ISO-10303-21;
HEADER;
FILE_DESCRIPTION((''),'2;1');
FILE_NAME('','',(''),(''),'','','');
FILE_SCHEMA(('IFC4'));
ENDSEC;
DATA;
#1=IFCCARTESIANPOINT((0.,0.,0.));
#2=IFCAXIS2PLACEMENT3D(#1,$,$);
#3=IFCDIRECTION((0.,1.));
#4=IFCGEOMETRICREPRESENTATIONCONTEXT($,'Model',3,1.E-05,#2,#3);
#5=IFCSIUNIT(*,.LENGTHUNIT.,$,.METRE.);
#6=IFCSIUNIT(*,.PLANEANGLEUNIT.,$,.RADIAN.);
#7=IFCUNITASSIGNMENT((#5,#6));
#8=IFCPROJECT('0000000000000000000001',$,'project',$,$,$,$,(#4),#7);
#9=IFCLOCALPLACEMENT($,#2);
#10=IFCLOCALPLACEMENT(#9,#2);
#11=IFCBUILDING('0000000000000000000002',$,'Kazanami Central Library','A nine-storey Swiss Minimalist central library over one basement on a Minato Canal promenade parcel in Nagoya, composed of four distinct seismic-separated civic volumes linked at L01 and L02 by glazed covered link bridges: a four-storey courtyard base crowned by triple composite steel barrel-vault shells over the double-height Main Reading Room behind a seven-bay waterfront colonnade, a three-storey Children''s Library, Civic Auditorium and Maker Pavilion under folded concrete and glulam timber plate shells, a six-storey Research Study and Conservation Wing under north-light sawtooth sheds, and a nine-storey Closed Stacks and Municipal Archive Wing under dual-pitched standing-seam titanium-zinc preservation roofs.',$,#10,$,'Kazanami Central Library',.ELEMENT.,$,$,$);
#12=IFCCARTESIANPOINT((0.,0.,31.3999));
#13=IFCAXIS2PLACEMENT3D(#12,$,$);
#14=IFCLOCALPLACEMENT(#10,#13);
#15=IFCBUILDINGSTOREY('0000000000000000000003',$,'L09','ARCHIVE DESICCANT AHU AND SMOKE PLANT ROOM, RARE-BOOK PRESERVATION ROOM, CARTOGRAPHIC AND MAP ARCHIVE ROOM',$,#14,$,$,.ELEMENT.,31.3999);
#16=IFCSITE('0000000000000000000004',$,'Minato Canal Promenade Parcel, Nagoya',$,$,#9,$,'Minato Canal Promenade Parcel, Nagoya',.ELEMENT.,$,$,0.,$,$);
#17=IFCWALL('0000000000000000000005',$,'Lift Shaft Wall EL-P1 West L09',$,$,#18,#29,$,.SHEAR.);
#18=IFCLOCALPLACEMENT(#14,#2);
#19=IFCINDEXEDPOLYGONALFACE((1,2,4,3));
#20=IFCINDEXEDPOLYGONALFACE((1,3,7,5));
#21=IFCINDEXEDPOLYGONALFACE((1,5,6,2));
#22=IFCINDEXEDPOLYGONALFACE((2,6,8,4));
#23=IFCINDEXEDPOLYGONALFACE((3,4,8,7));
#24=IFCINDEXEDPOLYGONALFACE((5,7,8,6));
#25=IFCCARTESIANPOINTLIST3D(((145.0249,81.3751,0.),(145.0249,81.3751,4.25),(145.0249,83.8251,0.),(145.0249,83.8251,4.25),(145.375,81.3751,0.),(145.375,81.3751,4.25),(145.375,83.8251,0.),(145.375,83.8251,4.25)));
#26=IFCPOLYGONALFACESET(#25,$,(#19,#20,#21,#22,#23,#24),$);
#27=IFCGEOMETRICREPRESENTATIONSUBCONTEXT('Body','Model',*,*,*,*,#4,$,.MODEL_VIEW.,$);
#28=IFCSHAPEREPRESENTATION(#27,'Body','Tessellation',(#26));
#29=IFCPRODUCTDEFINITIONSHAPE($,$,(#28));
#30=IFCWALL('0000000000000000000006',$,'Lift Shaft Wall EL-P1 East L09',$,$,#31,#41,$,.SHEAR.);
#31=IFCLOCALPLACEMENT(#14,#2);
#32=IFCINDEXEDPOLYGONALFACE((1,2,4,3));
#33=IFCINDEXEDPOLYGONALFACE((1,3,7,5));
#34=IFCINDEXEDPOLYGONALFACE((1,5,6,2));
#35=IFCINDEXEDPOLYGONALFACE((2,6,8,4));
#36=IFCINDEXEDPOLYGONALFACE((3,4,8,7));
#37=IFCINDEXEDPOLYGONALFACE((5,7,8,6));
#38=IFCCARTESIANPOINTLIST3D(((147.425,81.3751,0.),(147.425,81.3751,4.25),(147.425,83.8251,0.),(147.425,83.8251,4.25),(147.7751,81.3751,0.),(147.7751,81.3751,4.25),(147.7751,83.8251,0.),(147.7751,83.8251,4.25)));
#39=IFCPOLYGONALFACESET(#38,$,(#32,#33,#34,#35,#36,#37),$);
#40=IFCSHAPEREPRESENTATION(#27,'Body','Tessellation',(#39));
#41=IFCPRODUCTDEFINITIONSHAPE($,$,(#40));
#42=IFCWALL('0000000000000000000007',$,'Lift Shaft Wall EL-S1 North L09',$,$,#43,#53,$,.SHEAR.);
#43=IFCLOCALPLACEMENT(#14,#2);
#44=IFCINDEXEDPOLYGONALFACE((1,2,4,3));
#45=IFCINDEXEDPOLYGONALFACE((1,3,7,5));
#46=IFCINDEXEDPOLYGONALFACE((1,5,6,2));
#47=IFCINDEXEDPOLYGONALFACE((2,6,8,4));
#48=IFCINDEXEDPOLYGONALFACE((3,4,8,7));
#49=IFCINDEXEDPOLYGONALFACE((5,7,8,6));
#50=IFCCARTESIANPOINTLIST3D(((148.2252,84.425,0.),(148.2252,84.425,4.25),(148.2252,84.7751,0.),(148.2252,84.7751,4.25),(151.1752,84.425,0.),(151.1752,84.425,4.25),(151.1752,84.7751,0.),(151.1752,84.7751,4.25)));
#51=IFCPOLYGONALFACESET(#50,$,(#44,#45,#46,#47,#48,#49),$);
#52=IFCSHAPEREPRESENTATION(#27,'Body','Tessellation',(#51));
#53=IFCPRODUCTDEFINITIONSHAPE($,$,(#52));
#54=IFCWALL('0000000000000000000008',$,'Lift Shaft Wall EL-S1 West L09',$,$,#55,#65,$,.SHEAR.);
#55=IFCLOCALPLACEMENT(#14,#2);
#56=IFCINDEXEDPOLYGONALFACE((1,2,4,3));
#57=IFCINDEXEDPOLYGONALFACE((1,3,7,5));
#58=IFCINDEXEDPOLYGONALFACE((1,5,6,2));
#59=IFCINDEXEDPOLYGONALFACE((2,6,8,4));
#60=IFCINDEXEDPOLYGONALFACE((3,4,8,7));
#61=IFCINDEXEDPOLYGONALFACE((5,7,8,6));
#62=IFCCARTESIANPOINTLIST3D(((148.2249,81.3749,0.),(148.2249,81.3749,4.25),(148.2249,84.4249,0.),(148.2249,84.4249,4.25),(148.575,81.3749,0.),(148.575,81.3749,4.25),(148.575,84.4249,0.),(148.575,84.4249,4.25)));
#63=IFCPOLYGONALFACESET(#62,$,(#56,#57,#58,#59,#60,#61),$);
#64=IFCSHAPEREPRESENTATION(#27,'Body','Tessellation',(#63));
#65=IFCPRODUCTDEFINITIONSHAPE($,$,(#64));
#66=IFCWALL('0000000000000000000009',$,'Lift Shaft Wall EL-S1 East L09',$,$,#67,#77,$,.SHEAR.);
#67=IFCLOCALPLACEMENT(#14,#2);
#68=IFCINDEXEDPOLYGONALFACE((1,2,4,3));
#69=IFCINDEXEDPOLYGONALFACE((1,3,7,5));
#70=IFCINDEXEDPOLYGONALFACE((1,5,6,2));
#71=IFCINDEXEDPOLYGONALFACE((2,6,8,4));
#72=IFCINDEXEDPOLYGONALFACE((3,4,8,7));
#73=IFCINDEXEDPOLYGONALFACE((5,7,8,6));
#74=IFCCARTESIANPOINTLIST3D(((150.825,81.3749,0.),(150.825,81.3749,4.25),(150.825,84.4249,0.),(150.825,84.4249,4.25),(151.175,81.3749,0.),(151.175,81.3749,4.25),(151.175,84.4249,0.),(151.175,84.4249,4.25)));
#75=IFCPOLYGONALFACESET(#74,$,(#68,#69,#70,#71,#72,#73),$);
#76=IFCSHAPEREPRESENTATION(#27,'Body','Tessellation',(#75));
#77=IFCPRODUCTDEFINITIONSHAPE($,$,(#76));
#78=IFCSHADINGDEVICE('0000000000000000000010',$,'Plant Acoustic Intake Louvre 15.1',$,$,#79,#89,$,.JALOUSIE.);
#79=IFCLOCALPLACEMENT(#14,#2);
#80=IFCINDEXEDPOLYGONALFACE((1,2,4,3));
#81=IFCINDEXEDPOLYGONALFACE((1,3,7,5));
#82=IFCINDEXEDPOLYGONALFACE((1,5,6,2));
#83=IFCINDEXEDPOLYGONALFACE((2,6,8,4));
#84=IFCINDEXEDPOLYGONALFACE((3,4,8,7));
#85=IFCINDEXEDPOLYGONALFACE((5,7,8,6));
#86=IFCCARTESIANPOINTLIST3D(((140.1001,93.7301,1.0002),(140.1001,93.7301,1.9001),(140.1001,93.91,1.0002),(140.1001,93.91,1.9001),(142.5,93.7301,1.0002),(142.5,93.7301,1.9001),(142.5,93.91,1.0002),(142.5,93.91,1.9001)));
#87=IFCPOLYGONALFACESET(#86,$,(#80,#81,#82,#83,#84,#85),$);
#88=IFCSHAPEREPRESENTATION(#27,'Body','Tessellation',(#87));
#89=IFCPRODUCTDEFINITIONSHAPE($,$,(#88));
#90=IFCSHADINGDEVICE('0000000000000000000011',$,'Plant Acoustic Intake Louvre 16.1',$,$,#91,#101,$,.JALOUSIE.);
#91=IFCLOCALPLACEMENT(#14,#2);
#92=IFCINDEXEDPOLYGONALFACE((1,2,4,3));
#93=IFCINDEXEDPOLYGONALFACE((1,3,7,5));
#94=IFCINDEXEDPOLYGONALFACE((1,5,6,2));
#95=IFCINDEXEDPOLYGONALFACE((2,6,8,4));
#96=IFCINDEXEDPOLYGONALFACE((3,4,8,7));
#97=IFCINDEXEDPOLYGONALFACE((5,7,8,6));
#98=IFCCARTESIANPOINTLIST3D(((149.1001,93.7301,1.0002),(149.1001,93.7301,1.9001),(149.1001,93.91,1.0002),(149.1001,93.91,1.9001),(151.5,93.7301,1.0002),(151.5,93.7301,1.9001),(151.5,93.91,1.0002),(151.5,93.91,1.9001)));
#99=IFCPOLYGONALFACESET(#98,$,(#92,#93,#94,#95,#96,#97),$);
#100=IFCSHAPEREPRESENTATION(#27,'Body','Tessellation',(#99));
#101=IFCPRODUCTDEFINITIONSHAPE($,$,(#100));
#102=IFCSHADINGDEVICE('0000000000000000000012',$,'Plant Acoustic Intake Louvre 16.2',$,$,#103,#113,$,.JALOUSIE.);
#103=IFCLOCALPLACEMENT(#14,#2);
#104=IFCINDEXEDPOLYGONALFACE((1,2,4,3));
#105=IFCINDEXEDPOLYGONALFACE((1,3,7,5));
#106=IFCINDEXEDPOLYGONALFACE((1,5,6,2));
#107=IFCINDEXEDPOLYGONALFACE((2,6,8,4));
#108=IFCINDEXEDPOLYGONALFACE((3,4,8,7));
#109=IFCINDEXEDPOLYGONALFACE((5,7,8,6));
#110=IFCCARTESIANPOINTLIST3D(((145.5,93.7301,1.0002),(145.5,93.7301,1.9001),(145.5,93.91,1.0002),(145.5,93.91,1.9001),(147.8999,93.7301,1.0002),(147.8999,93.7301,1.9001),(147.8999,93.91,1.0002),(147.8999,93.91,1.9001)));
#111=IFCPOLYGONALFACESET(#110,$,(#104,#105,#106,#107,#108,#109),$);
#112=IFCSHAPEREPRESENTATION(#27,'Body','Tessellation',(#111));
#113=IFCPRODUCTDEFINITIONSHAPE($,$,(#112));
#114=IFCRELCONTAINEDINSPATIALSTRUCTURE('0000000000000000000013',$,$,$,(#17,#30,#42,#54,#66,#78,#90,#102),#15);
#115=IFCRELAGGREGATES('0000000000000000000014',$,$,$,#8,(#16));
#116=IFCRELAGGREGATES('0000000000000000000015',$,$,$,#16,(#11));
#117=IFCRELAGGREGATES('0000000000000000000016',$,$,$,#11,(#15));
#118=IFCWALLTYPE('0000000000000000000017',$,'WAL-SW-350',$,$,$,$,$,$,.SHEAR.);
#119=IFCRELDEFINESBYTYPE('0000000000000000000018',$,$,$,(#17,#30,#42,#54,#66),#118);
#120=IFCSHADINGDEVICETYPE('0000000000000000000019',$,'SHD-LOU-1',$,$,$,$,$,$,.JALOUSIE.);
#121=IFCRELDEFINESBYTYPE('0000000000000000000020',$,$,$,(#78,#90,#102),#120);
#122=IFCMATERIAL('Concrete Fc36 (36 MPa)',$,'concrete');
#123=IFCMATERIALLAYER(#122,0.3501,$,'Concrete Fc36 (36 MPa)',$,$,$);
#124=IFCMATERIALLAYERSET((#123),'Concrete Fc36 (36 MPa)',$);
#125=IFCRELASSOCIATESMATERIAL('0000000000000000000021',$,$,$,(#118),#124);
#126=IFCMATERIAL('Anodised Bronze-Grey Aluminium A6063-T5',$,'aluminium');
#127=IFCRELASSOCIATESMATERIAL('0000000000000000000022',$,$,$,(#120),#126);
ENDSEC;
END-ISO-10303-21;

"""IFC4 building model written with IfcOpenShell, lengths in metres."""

from ifc_helpers import new_model, si_unit, direction, frame, frame_2d, origin, origin_2d, place, context, subcontext, project, spatial, rectangle, extrude, material, layer, layer_set, type_object, element, save


model = new_model("IFC4")

# Units and contexts
model_context = context("Model", 3, precision=1e-05, world=origin(), true_north=direction((0.0, 1.0)))
body_context = subcontext(model_context, "Body", "Model", "MODEL_VIEW")
ifc_project = project(units=[si_unit("LENGTHUNIT", "METRE"), si_unit("PLANEANGLEUNIT", "RADIAN")], contexts=[model_context])

# Site, building, storey
site_placement = place(None, origin())
site = spatial("IfcSite", under=ifc_project, at=site_placement, Name="Minato Canal Promenade Parcel, Nagoya", LongName="Minato Canal Promenade Parcel, Nagoya", CompositionType="ELEMENT", RefElevation=0.0)
building_placement = place(site_placement, origin())
building = spatial("IfcBuilding", under=site, at=building_placement, Name="Kazanami Central Library", Description="A nine-storey Swiss Minimalist central library over one basement on a Minato Canal promenade parcel in Nagoya, composed of four distinct seismic-separated civic volumes linked at L01 and L02 by glazed covered link bridges: a four-storey courtyard base crowned by triple composite steel barrel-vault shells over the double-height Main Reading Room behind a seven-bay waterfront colonnade, a three-storey Children's Library, Civic Auditorium and Maker Pavilion under folded concrete and glulam timber plate shells, a six-storey Research Study and Conservation Wing under north-light sawtooth sheds, and a nine-storey Closed Stacks and Municipal Archive Wing under dual-pitched standing-seam titanium-zinc preservation roofs.", LongName="Kazanami Central Library", CompositionType="ELEMENT")
storey_placement = place(building_placement, frame((0.0, 0.0, 31.3999)))
storey = spatial("IfcBuildingStorey", under=building, at=storey_placement, Name="L09", Description="ARCHIVE DESICCANT AHU AND SMOKE PLANT ROOM, RARE-BOOK PRESERVATION ROOM, CARTOGRAPHIC AND MAP ARCHIVE ROOM", CompositionType="ELEMENT", Elevation=31.3999)

# Shared definitions
ifc_material_1 = material(Name="Concrete Fc36 (36 MPa)", Category="concrete")
ifc_layer_1 = layer(ifc_material_1, 0.3501, Name="Concrete Fc36 (36 MPa)")
ifc_layer_set_1 = layer_set([ifc_layer_1], Name="Concrete Fc36 (36 MPa)")
wall_type_1 = type_object("IfcWallType", Name="WAL-SW-350", PredefinedType="SHEAR", material=ifc_layer_set_1)

# Walls
for number, where, z_axis, x_axis, name in (
    (1, (145.2, 81.375, 0.0), (0.0, 0.0, 1.0), (0.0, 1.0, 0.0), "Lift Shaft Wall EL-P1 West L09"),
    (2, (147.6001, 81.375, 0.0), (0.0, 0.0, 1.0), (0.0, 1.0, 0.0), "Lift Shaft Wall EL-P1 East L09"),
):
    element("IfcWall", number, at=place(storey_placement, frame(where, z_axis=z_axis, x_axis=x_axis)), inside=storey, type_object=wall_type_1, Name=name, PredefinedType="SHEAR", context=body_context, shape_type="SweptSolid", body=[
        extrude(rectangle(XDim=2.45, YDim=0.3501, at=frame_2d((1.2251, 0.0))), origin(), (0.0, 0.0, 1.0), 4.25),
    ])

# Walls
wall_1_placement = place(storey_placement, frame((148.2251, 84.6001, 0.0), z_axis=(0.0, 0.0, 1.0), x_axis=(1.0, 0.0, 0.0)))
element("IfcWall", 3, at=wall_1_placement, inside=storey, type_object=wall_type_1, Name="Lift Shaft Wall EL-S1 North L09", PredefinedType="SHEAR", context=body_context, shape_type="SweptSolid", body=[
    extrude(rectangle(XDim=2.95, YDim=0.3501, at=frame_2d((1.4751, 0.0))), origin(), (0.0, 0.0, 1.0), 4.25),
])
for number, where, z_axis, x_axis, name in (
    (4, (148.3999, 81.375, 0.0), (0.0, 0.0, 1.0), (0.0, 1.0, 0.0), "Lift Shaft Wall EL-S1 West L09"),
    (5, (151.0, 81.375, 0.0), (0.0, 0.0, 1.0), (0.0, 1.0, 0.0), "Lift Shaft Wall EL-S1 East L09"),
):
    element("IfcWall", number, at=place(storey_placement, frame(where, z_axis=z_axis, x_axis=x_axis)), inside=storey, type_object=wall_type_1, Name=name, PredefinedType="SHEAR", context=body_context, shape_type="SweptSolid", body=[
        extrude(rectangle(XDim=3.05, YDim=0.3501, at=frame_2d((1.5249, 0.0))), origin(), (0.0, 0.0, 1.0), 4.25),
    ])

# Shading devices
ifc_material_2 = material(Name="Anodised Bronze-Grey Aluminium A6063-T5", Category="aluminium")
shading_device_type = type_object("IfcShadingDeviceType", Name="SHD-LOU-1", PredefinedType="JALOUSIE", material=ifc_material_2)
for number, where, z_axis, x_axis, name in (
    (6, (141.3, 93.8201, 1.0002), (0.0, 0.0, 1.0), (-1.0, 0.0, 0.0), "Plant Acoustic Intake Louvre 15.1"),
    (7, (150.3, 93.8201, 1.0002), (0.0, 0.0, 1.0), (-1.0, 0.0, 0.0), "Plant Acoustic Intake Louvre 16.1"),
    (8, (146.7, 93.8201, 1.0002), (0.0, 0.0, 1.0), (-1.0, 0.0, 0.0), "Plant Acoustic Intake Louvre 16.2"),
):
    element("IfcShadingDevice", number, at=place(storey_placement, frame(where, z_axis=z_axis, x_axis=x_axis)), inside=storey, type_object=shading_device_type, Name=name, PredefinedType="JALOUSIE", context=body_context, shape_type="SweptSolid", body=[
        extrude(rectangle(XDim=2.3999, YDim=0.1799, at=origin_2d()), origin(), (0.0, 0.0, 1.0), 0.8999),
    ])

save(model, "model.ifc")
